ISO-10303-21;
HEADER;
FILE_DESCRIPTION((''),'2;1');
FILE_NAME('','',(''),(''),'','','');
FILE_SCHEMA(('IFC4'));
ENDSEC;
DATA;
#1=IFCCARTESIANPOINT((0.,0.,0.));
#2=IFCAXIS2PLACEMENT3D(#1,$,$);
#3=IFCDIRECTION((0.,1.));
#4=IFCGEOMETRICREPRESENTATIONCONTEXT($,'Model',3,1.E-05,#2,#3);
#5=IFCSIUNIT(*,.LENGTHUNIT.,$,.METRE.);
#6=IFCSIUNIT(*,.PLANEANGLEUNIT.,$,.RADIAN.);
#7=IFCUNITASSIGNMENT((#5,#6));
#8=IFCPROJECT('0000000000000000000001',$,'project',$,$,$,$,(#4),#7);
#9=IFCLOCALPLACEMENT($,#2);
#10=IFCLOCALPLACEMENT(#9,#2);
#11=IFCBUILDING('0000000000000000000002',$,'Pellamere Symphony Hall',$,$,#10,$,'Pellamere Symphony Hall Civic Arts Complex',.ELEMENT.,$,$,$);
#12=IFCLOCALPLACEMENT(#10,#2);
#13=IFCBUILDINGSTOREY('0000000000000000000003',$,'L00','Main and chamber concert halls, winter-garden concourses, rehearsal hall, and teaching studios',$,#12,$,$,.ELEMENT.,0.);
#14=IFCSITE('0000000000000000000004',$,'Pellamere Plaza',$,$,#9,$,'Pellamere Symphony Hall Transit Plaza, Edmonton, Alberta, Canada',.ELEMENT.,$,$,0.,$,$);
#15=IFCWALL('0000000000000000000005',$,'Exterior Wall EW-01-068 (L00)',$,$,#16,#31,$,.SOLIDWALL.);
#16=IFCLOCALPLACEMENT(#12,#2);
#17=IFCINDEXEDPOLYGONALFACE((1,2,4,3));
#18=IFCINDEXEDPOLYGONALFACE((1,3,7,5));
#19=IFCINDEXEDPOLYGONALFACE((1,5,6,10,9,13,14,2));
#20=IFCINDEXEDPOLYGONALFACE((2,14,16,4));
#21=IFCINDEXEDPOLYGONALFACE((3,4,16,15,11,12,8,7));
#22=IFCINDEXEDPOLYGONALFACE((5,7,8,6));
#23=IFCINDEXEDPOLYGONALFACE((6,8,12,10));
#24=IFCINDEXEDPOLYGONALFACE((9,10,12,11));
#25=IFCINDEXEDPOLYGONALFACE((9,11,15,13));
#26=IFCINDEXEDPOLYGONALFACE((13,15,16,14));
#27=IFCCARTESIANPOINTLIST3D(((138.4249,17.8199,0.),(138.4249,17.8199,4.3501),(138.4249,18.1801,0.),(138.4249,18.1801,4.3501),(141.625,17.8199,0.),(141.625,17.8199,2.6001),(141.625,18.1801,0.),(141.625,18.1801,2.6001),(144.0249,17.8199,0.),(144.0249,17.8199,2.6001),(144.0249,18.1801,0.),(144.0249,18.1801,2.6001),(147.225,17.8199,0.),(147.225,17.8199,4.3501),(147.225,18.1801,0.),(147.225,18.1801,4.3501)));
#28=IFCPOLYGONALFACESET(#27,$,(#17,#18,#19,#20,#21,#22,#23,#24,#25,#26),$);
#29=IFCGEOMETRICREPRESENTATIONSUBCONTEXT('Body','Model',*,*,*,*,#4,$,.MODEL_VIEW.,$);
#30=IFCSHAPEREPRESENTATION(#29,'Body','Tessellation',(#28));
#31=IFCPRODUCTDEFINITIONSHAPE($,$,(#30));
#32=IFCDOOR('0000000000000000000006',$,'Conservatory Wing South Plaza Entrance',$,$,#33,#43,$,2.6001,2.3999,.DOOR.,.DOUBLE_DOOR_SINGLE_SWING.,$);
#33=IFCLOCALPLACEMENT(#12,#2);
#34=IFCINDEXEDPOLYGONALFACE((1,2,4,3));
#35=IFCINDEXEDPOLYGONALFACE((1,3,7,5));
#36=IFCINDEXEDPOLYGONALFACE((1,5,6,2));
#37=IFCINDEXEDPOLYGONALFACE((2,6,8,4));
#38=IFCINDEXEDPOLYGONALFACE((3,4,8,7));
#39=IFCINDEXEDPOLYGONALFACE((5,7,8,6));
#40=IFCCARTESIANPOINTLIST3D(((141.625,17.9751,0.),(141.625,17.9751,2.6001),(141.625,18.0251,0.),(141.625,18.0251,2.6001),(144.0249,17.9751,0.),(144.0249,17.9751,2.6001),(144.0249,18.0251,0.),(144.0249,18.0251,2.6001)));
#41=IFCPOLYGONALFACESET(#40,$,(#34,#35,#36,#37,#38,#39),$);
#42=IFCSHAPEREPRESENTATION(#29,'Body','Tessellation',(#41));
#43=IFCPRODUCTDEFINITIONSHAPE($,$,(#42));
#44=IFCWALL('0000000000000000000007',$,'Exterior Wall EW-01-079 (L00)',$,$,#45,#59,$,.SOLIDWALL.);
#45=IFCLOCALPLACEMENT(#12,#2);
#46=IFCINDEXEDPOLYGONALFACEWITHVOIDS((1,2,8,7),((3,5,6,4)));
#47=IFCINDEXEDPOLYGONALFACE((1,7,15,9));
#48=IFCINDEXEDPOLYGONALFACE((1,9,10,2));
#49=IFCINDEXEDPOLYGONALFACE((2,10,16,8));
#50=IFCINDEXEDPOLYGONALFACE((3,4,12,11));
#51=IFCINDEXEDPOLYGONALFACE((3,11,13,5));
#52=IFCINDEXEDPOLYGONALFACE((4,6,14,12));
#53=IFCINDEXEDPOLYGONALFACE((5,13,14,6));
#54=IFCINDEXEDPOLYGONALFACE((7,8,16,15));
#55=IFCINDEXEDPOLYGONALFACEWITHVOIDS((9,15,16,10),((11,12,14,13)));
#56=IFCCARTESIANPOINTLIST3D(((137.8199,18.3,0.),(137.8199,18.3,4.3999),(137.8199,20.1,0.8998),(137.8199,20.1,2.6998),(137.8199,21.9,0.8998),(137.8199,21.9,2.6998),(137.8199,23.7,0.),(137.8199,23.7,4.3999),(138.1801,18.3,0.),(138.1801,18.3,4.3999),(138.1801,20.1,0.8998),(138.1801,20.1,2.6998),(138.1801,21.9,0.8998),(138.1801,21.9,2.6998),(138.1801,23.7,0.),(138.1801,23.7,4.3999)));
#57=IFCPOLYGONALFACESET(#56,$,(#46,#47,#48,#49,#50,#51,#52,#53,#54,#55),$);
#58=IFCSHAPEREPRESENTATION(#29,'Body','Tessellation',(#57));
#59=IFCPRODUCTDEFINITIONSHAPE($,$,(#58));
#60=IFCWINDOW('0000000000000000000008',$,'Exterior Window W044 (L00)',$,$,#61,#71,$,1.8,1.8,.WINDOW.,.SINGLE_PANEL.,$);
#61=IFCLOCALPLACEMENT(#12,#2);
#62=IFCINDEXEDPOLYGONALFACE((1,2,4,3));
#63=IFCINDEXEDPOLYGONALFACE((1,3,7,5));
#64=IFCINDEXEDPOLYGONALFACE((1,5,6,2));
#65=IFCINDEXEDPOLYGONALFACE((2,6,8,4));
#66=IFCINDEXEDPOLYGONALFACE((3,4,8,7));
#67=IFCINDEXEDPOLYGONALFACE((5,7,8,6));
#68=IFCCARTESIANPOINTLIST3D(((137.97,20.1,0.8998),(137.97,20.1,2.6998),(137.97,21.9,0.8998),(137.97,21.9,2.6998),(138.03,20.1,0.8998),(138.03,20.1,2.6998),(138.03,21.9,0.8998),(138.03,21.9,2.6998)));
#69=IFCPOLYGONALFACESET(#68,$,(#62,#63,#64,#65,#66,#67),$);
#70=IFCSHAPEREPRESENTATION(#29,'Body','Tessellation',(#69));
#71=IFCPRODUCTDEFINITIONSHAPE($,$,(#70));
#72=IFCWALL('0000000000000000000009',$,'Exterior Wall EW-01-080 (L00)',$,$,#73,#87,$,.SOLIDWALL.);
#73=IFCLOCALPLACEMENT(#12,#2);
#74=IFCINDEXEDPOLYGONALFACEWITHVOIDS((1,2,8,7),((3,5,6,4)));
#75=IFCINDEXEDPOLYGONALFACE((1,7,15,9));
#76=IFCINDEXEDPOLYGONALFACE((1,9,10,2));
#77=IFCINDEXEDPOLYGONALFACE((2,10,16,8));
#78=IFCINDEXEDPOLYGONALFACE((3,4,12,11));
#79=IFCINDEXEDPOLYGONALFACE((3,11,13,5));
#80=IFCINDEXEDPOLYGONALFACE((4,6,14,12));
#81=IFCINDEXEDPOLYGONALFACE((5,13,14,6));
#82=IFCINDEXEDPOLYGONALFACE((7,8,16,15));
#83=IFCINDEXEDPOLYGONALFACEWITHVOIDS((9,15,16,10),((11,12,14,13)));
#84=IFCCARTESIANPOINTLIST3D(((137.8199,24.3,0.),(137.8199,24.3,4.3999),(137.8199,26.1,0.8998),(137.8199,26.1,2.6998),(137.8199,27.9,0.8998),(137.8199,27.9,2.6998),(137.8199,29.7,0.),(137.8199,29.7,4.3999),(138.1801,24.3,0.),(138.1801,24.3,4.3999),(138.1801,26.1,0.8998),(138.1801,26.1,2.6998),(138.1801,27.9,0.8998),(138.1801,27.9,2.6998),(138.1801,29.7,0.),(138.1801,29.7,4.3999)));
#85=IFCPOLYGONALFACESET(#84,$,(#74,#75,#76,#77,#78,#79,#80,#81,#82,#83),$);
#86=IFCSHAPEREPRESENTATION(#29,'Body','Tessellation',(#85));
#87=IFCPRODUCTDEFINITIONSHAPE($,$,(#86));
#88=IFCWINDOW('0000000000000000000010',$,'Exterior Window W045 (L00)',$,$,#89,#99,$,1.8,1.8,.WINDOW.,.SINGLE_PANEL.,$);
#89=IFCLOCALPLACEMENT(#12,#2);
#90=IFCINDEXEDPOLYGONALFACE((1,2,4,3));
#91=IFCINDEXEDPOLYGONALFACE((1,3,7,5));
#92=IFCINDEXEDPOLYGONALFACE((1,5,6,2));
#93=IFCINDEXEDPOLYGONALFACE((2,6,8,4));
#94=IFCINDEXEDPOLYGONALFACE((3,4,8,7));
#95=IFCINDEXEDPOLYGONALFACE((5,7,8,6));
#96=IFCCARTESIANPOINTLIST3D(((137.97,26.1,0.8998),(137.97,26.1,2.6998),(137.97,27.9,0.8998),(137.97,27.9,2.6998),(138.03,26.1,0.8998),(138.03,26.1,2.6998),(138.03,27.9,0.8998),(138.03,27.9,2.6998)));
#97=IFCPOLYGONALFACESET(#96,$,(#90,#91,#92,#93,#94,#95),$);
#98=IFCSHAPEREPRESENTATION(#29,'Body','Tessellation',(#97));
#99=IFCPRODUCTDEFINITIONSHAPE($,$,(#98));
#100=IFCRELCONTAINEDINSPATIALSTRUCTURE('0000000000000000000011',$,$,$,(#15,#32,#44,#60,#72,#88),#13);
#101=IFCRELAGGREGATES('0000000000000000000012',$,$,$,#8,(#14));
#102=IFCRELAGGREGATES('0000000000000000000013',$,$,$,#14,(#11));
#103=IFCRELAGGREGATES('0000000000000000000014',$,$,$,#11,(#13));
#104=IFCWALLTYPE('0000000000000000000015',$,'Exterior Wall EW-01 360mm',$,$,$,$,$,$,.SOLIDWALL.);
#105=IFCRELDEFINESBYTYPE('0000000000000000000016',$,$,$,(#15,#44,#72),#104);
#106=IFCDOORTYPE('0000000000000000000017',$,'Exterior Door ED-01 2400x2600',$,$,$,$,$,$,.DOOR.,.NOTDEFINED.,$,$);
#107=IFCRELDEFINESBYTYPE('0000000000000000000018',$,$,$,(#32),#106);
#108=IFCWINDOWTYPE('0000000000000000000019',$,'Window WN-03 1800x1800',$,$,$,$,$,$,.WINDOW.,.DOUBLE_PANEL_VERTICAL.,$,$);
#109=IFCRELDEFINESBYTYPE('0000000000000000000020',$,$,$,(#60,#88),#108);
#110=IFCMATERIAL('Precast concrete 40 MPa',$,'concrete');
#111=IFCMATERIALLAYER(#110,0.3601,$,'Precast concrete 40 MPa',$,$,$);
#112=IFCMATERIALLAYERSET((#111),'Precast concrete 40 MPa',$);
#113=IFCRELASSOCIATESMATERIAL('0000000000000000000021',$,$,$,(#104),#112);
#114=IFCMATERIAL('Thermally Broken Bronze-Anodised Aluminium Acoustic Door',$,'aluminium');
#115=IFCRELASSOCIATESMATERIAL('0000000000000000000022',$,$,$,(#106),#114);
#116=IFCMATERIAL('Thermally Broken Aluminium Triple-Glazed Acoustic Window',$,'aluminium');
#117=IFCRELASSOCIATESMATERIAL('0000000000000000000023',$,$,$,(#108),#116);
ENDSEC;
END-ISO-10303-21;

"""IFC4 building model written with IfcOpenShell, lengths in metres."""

from ifc_helpers import new_model, si_unit, direction, frame, frame_2d, origin, place, context, subcontext, project, spatial, rectangle, extrude, material, layer, layer_set, type_object, element, fill, save


model = new_model("IFC4")

# Units and contexts
model_context = context("Model", 3, precision=1e-05, world=origin(), true_north=direction((0.0, 1.0)))
body_context = subcontext(model_context, "Body", "Model", "MODEL_VIEW")
ifc_project = project(units=[si_unit("LENGTHUNIT", "METRE"), si_unit("PLANEANGLEUNIT", "RADIAN")], contexts=[model_context])

# Site, building, storey
site_placement = place(None, origin())
site = spatial("IfcSite", under=ifc_project, at=site_placement, Name="Pellamere Plaza", LongName="Pellamere Symphony Hall Transit Plaza, Edmonton, Alberta, Canada", CompositionType="ELEMENT", RefElevation=0.0)
building_placement = place(site_placement, origin())
building = spatial("IfcBuilding", under=site, at=building_placement, Name="Pellamere Symphony Hall", LongName="Pellamere Symphony Hall Civic Arts Complex", CompositionType="ELEMENT")
storey_placement = place(building_placement, origin())
storey = spatial("IfcBuildingStorey", under=building, at=storey_placement, Name="L00", Description="Main and chamber concert halls, winter-garden concourses, rehearsal hall, and teaching studios", CompositionType="ELEMENT", Elevation=0.0)

# Wall, opening, door
ifc_material_1 = material(Name="Precast concrete 40 MPa", Category="concrete")
ifc_layer = layer(ifc_material_1, 0.3601, Name="Precast concrete 40 MPa")
ifc_layer_set = layer_set([ifc_layer], Name="Precast concrete 40 MPa")
wall_type = type_object("IfcWallType", Name="Exterior Wall EW-01 360mm", PredefinedType="SOLIDWALL", material=ifc_layer_set)
wall_1_placement = place(storey_placement, frame((138.425, 18.0, 0.0), z_axis=(0.0, 0.0, 1.0), x_axis=(1.0, 0.0, 0.0)))
wall_1 = element("IfcWall", 1, at=wall_1_placement, inside=storey, type_object=wall_type, Name="Exterior Wall EW-01-068 (L00)", PredefinedType="SOLIDWALL", context=body_context, shape_type="SweptSolid", body=[
    extrude(rectangle(XDim=8.8, YDim=0.3601, at=frame_2d((4.3999, 0.0))), origin(), (0.0, 0.0, 1.0), 4.3501),
])
opening_1_placement = place(wall_1_placement, frame((3.2, 0.0, 0.0)))
opening_1 = element("IfcOpeningElement", 2, at=opening_1_placement, cuts=wall_1, PredefinedType="OPENING", context=body_context, shape_type="SweptSolid", body=[
    extrude(rectangle(XDim=2.3999, YDim=2.6001, at=frame_2d((1.2, 1.3))), frame((0.0, 0.1899, 0.0), z_axis=(0.0, -1.0, 0.0), x_axis=(1.0, 0.0, 0.0)), (0.0, 0.0, 1.0), 0.3801),
])
ifc_material_2 = material(Name="Thermally Broken Bronze-Anodised Aluminium Acoustic Door", Category="aluminium")
door_type = type_object("IfcDoorType", Name="Exterior Door ED-01 2400x2600", OperationType="NOTDEFINED", PredefinedType="DOOR", material=ifc_material_2)
door_placement = place(opening_1_placement, frame((2.3999, 0.0, 0.0), z_axis=(0.0, 0.0, 1.0), x_axis=(-1.0, 0.0, 0.0)))
door = element("IfcDoor", 3, at=door_placement, inside=storey, type_object=door_type, Name="Conservatory Wing South Plaza Entrance", OperationType="DOUBLE_DOOR_SINGLE_SWING", OverallHeight=2.6001, OverallWidth=2.3999, PredefinedType="DOOR", context=body_context, shape_type="SweptSolid", body=[
    extrude(rectangle(XDim=2.3999, YDim=2.6001, at=frame_2d((1.2, 1.3))), frame((0.0, 0.0249, 0.0), z_axis=(0.0, -1.0, 0.0), x_axis=(1.0, 0.0, 0.0)), (0.0, 0.0, 1.0), 0.05),
])
fill(opening_1, door)

# Walls, openings, windows
wall_2_placement = place(storey_placement, frame((138.0, 18.3, 0.0), z_axis=(0.0, 0.0, 1.0), x_axis=(0.0, 1.0, 0.0)))
wall_2 = element("IfcWall", 4, at=wall_2_placement, inside=storey, type_object=wall_type, Name="Exterior Wall EW-01-079 (L00)", PredefinedType="SOLIDWALL", context=body_context, shape_type="SweptSolid", body=[
    extrude(rectangle(XDim=5.3999, YDim=0.3601, at=frame_2d((2.7, 0.0))), origin(), (0.0, 0.0, 1.0), 4.3999),
])
opening_2_placement = place(wall_2_placement, frame((1.8, 0.0, 0.8999)))
opening_2 = element("IfcOpeningElement", 5, at=opening_2_placement, cuts=wall_2, PredefinedType="OPENING", context=body_context, shape_type="SweptSolid", body=[
    extrude(rectangle(XDim=1.8, YDim=1.8, at=frame_2d((0.8999, 0.8999))), frame((0.0, 0.1899, 0.0), z_axis=(0.0, -1.0, 0.0), x_axis=(1.0, 0.0, 0.0)), (0.0, 0.0, 1.0), 0.3801),
])
ifc_material_3 = material(Name="Thermally Broken Aluminium Triple-Glazed Acoustic Window", Category="aluminium")
window_type = type_object("IfcWindowType", Name="Window WN-03 1800x1800", PartitioningType="DOUBLE_PANEL_VERTICAL", PredefinedType="WINDOW", material=ifc_material_3)
window_1_placement = place(opening_2_placement, origin())
window_1 = element("IfcWindow", 6, at=window_1_placement, inside=storey, type_object=window_type, Name="Exterior Window W044 (L00)", OverallHeight=1.8, OverallWidth=1.8, PartitioningType="SINGLE_PANEL", PredefinedType="WINDOW", context=body_context, shape_type="SweptSolid", body=[
    extrude(rectangle(XDim=1.8, YDim=1.8, at=frame_2d((0.8999, 0.8999))), frame((0.0, 0.03, 0.0), z_axis=(0.0, -1.0, 0.0), x_axis=(1.0, 0.0, 0.0)), (0.0, 0.0, 1.0), 0.0601),
])
fill(opening_2, window_1)
wall_3_placement = place(storey_placement, frame((138.0, 24.3, 0.0), z_axis=(0.0, 0.0, 1.0), x_axis=(0.0, 1.0, 0.0)))
wall_3 = element("IfcWall", 7, at=wall_3_placement, inside=storey, type_object=wall_type, Name="Exterior Wall EW-01-080 (L00)", PredefinedType="SOLIDWALL", context=body_context, shape_type="SweptSolid", body=[
    extrude(rectangle(XDim=5.3999, YDim=0.3601, at=frame_2d((2.7, 0.0))), origin(), (0.0, 0.0, 1.0), 4.3999),
])
opening_3_placement = place(wall_3_placement, frame((1.8, 0.0, 0.8999)))
opening_3 = element("IfcOpeningElement", 8, at=opening_3_placement, cuts=wall_3, PredefinedType="OPENING", context=body_context, shape_type="SweptSolid", body=[
    extrude(rectangle(XDim=1.8, YDim=1.8, at=frame_2d((0.8999, 0.8999))), frame((0.0, 0.1899, 0.0), z_axis=(0.0, -1.0, 0.0), x_axis=(1.0, 0.0, 0.0)), (0.0, 0.0, 1.0), 0.3801),
])
window_2_placement = place(opening_3_placement, origin())
window_2 = element("IfcWindow", 9, at=window_2_placement, inside=storey, type_object=window_type, Name="Exterior Window W045 (L00)", OverallHeight=1.8, OverallWidth=1.8, PartitioningType="SINGLE_PANEL", PredefinedType="WINDOW", context=body_context, shape_type="SweptSolid", body=[
    extrude(rectangle(XDim=1.8, YDim=1.8, at=frame_2d((0.8999, 0.8999))), frame((0.0, 0.03, 0.0), z_axis=(0.0, -1.0, 0.0), x_axis=(1.0, 0.0, 0.0)), (0.0, 0.0, 1.0), 0.0601),
])
fill(opening_3, window_2)

save(model, "model.ifc")
